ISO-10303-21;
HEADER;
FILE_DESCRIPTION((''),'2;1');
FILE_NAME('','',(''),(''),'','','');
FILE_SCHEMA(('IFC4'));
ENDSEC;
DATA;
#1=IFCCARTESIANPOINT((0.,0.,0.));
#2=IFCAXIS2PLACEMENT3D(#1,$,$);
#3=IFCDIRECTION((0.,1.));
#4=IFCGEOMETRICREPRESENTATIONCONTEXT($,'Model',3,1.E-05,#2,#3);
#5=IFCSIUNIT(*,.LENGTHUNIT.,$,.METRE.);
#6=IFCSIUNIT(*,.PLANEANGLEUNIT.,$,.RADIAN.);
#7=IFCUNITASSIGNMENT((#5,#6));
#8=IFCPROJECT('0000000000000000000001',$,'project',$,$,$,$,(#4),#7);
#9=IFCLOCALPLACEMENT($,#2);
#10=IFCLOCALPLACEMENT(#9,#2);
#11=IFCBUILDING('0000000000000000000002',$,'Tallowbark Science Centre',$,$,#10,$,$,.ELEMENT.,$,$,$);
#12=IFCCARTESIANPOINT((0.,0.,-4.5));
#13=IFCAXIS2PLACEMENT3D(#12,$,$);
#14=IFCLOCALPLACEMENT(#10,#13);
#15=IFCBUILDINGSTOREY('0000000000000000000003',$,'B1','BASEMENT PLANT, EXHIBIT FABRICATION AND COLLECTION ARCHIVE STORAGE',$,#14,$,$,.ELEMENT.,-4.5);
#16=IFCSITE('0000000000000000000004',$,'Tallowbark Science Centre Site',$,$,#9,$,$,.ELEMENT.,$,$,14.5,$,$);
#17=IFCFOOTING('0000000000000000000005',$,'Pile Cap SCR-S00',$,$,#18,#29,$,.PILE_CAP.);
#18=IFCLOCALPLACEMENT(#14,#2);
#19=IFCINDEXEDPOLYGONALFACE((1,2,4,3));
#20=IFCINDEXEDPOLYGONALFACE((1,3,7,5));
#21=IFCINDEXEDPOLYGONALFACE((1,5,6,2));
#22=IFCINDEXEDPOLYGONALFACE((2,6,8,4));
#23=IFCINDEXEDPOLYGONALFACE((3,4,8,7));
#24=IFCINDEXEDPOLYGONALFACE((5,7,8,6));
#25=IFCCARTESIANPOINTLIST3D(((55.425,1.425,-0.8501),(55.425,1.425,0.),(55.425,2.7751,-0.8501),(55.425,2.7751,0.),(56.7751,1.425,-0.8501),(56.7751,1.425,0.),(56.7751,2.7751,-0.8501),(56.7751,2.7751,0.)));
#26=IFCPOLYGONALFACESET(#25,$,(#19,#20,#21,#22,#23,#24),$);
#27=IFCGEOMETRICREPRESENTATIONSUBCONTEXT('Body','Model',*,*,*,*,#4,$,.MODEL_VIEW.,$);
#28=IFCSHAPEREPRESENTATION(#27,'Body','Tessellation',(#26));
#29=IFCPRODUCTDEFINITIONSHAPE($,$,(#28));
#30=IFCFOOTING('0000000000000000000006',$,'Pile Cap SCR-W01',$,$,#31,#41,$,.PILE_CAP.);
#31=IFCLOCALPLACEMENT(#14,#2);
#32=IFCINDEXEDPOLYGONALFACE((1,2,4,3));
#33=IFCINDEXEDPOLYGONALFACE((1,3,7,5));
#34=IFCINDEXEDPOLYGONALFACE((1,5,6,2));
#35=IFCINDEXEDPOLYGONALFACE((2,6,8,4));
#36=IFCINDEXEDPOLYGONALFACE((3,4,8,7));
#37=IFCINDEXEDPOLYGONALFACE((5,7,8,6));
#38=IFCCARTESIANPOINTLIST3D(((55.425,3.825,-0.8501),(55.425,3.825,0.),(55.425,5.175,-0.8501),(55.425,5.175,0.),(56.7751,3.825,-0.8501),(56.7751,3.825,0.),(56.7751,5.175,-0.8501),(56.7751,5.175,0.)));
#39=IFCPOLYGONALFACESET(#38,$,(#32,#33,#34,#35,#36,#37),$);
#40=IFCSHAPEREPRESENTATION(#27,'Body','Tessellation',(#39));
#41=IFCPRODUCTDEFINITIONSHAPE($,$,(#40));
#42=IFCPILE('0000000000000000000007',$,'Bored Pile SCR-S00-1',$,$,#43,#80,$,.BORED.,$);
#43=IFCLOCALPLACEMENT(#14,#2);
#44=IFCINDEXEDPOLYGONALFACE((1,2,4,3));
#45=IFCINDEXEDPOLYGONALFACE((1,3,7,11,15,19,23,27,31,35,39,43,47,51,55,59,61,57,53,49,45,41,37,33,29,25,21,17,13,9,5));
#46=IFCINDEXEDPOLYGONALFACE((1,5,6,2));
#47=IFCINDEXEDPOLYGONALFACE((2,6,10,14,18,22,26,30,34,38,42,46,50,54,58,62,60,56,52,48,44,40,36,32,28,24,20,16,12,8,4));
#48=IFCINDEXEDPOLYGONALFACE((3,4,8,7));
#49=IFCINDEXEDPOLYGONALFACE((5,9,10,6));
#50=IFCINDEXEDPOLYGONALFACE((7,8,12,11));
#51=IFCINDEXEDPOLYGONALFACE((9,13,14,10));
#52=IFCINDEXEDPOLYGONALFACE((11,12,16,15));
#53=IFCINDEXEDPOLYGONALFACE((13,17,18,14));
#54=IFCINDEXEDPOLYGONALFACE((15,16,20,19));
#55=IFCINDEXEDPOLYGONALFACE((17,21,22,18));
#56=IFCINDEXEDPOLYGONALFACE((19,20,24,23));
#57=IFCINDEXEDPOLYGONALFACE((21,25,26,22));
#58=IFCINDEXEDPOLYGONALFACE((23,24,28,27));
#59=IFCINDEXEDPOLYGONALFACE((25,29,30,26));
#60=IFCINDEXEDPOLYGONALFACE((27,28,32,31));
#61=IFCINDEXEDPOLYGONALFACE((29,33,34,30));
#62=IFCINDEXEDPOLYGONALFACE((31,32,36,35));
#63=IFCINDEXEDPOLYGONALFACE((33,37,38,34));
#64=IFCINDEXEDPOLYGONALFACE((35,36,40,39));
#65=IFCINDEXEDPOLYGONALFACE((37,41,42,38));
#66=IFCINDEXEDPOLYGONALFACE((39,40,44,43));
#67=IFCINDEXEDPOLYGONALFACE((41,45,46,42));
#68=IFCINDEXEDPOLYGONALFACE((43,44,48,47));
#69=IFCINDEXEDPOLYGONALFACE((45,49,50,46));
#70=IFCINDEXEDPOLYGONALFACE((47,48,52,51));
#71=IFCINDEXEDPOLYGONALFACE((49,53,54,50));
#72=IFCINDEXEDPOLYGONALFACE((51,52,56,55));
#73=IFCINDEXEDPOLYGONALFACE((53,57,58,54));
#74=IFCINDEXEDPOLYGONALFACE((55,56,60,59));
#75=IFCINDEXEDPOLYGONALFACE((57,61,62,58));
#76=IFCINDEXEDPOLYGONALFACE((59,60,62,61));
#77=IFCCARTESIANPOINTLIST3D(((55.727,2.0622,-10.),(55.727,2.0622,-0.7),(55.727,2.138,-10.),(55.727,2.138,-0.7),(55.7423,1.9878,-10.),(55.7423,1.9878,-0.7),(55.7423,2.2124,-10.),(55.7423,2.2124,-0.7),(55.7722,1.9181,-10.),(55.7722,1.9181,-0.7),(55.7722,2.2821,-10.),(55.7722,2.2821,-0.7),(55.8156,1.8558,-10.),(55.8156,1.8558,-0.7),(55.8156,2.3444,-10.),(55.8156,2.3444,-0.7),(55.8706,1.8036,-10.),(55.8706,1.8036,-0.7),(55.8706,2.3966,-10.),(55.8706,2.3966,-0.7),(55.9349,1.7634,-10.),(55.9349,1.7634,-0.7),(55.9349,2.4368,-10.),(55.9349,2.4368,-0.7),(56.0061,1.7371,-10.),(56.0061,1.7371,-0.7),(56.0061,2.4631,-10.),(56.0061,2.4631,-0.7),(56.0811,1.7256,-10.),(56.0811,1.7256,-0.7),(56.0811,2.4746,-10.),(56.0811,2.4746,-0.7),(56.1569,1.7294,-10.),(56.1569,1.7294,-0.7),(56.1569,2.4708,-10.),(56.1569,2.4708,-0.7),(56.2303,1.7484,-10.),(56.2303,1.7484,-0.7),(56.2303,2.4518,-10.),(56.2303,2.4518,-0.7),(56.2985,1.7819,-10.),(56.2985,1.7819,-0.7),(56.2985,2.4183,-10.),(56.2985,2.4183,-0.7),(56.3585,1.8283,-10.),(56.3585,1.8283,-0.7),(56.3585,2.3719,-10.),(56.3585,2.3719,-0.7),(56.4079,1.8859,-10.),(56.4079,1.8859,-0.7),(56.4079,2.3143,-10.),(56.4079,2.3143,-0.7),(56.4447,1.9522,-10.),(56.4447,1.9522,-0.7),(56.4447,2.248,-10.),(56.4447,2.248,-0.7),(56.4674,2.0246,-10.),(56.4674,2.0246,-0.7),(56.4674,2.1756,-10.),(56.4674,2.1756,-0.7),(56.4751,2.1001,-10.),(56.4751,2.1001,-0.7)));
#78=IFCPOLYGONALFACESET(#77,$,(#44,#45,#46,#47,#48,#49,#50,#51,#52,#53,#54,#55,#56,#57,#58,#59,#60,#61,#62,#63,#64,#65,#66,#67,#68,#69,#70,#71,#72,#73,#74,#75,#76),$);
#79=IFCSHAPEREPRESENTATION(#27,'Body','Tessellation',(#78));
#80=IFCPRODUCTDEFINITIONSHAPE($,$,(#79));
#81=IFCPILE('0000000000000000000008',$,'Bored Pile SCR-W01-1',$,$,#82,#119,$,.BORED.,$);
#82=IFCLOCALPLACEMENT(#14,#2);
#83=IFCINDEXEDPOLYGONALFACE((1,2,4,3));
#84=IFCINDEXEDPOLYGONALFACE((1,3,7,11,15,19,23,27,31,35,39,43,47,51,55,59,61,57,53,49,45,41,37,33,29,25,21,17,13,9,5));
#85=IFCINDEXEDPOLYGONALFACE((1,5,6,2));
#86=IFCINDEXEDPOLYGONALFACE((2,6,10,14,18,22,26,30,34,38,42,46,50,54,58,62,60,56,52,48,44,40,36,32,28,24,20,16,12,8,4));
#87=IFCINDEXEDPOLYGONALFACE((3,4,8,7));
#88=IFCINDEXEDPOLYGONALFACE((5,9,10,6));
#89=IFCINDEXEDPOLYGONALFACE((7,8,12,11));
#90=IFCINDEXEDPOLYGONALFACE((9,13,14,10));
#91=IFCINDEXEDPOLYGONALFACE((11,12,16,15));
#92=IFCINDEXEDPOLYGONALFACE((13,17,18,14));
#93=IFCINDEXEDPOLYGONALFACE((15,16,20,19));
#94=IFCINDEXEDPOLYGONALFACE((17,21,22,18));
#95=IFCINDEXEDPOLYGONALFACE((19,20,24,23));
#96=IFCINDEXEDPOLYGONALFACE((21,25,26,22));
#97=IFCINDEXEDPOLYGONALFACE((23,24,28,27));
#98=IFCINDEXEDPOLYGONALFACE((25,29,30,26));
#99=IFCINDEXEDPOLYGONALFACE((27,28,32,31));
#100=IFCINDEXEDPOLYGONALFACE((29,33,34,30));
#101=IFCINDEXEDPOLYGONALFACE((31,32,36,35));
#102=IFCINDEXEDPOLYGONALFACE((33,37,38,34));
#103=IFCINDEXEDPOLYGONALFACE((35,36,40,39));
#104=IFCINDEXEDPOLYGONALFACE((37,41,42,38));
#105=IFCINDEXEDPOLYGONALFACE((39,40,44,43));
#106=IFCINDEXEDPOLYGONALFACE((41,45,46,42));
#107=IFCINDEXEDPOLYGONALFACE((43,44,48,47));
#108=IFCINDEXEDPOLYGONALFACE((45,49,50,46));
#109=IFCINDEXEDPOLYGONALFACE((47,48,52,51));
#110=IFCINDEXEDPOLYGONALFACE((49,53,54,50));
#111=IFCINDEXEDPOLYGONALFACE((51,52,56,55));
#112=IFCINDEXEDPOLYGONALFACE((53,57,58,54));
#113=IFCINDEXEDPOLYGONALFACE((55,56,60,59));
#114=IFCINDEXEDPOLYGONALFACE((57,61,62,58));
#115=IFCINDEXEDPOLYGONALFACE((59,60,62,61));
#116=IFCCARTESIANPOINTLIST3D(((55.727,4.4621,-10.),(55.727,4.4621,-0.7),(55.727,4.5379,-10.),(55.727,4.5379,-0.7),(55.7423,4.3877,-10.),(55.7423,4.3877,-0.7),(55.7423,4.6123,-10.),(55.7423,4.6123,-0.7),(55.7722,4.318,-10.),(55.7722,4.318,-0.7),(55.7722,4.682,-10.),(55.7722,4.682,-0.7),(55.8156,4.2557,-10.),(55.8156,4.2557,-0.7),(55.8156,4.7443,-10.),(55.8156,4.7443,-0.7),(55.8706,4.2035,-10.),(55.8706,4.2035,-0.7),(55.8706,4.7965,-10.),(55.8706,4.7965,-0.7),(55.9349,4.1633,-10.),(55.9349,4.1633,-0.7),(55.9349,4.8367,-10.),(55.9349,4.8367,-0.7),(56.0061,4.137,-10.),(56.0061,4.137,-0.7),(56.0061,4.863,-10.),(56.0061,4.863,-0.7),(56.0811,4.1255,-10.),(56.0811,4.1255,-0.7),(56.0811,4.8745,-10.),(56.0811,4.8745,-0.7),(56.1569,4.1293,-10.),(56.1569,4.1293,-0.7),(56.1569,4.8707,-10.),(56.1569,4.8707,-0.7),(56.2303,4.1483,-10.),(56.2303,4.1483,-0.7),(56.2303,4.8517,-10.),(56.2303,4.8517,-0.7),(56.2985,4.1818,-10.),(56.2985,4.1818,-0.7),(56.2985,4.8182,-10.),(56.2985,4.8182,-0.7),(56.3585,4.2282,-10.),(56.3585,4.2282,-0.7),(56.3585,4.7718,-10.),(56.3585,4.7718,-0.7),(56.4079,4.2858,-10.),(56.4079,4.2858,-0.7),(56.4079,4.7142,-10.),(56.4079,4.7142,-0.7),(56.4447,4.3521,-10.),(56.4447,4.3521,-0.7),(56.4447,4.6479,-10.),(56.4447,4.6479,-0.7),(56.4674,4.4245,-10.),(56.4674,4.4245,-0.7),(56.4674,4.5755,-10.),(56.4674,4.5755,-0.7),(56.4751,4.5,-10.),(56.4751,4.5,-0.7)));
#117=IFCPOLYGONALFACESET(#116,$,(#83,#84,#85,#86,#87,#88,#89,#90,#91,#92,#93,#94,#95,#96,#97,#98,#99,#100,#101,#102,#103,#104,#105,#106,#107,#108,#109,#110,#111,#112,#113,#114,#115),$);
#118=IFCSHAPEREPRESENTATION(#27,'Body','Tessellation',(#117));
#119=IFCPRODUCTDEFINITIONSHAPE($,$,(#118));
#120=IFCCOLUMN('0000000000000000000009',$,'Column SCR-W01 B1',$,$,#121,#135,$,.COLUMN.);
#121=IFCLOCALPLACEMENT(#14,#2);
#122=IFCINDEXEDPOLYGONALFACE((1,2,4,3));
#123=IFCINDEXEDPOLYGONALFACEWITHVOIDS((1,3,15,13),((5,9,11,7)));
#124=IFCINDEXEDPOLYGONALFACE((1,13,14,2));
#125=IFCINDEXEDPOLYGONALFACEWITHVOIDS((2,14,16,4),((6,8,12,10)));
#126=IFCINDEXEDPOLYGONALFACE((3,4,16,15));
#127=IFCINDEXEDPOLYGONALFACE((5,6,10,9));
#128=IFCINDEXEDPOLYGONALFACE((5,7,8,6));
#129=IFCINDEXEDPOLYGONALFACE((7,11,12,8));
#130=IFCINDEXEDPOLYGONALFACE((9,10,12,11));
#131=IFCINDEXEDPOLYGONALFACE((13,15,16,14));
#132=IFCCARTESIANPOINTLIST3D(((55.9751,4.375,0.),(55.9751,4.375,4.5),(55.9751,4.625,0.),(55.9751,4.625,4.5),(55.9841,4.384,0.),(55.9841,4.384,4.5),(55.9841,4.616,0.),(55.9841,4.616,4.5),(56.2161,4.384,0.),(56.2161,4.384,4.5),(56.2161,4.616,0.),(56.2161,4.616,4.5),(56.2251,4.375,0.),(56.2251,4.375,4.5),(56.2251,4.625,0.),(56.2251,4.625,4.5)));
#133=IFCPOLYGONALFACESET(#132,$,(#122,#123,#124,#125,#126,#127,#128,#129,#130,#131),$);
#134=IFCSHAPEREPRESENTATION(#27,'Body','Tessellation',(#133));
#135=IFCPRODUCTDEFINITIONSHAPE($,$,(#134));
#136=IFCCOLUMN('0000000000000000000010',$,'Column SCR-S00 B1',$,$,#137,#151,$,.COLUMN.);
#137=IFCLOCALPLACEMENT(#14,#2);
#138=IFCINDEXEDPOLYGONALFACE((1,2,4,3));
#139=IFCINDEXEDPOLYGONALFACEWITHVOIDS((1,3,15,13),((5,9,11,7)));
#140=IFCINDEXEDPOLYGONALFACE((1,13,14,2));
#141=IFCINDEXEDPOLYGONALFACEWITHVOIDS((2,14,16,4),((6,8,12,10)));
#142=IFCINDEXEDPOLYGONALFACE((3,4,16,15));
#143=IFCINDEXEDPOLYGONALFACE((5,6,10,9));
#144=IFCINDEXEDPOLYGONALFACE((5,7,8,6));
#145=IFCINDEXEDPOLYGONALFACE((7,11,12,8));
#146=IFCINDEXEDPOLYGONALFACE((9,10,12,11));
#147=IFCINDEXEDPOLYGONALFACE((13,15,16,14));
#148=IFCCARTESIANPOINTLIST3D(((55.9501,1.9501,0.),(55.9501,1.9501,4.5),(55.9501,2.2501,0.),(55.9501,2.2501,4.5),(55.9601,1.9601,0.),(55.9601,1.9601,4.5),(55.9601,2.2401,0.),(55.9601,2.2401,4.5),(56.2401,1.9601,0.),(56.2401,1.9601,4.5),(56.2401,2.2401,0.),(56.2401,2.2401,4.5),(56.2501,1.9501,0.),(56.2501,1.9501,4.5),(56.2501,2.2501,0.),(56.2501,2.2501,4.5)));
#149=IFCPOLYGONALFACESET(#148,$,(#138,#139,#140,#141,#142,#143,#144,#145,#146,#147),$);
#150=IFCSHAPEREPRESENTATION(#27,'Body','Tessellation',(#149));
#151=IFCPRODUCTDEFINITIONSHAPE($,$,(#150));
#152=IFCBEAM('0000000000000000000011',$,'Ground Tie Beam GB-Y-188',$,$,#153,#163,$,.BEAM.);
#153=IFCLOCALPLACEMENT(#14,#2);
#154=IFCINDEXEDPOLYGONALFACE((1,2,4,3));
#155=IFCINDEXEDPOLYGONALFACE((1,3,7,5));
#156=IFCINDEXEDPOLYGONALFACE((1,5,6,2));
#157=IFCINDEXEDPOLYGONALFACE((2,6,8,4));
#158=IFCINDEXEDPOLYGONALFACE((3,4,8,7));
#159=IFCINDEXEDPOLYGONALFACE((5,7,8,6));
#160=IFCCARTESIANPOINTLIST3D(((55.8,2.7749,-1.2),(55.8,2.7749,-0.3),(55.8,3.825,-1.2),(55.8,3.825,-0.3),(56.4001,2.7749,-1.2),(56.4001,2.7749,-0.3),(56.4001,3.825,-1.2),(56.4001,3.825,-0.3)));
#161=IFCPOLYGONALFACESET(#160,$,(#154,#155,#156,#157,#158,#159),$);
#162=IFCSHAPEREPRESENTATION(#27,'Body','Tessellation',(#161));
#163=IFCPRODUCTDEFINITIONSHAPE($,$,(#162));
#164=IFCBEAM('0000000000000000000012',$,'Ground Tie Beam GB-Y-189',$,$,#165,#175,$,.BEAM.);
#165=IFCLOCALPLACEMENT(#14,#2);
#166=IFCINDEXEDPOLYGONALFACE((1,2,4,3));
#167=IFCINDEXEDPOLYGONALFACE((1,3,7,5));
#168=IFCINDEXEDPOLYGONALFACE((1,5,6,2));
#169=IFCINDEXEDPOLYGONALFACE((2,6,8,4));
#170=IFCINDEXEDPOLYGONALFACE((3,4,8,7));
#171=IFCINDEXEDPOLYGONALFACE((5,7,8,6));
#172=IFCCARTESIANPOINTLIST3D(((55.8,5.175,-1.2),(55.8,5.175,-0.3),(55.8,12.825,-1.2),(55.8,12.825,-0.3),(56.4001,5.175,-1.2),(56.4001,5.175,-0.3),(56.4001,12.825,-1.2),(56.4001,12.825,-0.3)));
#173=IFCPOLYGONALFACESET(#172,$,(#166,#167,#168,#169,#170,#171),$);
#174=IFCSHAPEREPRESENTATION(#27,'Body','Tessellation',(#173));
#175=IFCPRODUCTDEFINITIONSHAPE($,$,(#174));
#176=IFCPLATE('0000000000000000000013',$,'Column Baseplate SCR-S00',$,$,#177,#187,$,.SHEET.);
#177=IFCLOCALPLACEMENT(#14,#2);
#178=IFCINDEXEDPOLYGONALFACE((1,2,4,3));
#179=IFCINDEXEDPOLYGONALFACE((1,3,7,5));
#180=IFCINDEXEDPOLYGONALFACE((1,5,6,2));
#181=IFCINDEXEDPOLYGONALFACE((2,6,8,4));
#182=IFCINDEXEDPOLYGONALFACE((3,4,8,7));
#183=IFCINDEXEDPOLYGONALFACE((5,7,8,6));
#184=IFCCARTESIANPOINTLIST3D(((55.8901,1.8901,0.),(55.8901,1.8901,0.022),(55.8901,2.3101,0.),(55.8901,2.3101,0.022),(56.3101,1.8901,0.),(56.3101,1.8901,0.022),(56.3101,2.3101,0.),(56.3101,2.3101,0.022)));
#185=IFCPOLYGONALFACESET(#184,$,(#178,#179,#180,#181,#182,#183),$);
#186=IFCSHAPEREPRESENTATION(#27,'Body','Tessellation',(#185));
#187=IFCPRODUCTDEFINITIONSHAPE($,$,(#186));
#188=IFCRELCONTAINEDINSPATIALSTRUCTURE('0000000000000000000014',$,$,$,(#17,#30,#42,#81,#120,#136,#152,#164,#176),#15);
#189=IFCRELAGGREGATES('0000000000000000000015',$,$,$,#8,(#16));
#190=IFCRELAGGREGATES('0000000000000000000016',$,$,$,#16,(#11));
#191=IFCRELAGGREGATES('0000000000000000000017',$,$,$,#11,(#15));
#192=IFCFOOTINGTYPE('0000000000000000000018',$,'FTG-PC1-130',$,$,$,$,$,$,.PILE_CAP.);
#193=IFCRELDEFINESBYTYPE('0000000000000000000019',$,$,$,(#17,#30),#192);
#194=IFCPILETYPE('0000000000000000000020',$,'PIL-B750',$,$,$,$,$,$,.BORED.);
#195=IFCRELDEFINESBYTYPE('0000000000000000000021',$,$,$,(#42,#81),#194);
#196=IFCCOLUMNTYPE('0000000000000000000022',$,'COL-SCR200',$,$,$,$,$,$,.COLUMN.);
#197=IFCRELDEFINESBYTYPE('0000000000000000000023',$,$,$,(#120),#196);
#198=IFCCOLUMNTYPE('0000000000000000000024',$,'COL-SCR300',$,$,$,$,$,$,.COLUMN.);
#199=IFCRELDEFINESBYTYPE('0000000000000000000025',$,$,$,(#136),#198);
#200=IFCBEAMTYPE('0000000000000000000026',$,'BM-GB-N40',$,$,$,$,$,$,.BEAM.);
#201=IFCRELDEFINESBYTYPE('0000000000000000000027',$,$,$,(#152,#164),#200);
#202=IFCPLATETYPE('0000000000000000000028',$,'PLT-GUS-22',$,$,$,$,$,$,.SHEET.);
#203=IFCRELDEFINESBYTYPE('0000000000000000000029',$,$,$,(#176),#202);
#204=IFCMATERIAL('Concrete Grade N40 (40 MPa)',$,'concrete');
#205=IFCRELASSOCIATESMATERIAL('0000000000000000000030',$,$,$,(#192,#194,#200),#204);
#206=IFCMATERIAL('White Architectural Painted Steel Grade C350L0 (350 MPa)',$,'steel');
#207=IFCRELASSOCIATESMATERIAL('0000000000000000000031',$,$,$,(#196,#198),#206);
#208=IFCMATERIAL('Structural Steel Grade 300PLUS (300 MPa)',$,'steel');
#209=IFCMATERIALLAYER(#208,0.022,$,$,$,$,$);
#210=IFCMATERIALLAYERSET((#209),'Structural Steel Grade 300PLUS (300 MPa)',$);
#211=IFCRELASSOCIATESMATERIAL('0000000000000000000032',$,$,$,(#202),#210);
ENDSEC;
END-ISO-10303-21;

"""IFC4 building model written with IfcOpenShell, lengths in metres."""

from ifc_helpers import new_model, si_unit, direction, frame, origin, origin_2d, place, context, subcontext, project, spatial, rectangle, hollow_rectangle, circle, extrude, material, layer, layer_set, material_profile, profile_set, type_object, element, save


model = new_model("IFC4")

# Units and contexts
model_context = context("Model", 3, precision=1e-05, world=origin(), true_north=direction((0.0, 1.0)))
body_context = subcontext(model_context, "Body", "Model", "MODEL_VIEW")
ifc_project = project(units=[si_unit("LENGTHUNIT", "METRE"), si_unit("PLANEANGLEUNIT", "RADIAN")], contexts=[model_context])

# Site, building, storey
site_placement = place(None, origin())
site = spatial("IfcSite", under=ifc_project, at=site_placement, Name="Tallowbark Science Centre Site", CompositionType="ELEMENT", RefElevation=14.5)
building_placement = place(site_placement, origin())
building = spatial("IfcBuilding", under=site, at=building_placement, Name="Tallowbark Science Centre", CompositionType="ELEMENT")
storey_placement = place(building_placement, frame((0.0, 0.0, -4.5)))
storey = spatial("IfcBuildingStorey", under=building, at=storey_placement, Name="B1", Description="BASEMENT PLANT, EXHIBIT FABRICATION AND COLLECTION ARCHIVE STORAGE", CompositionType="ELEMENT", Elevation=-4.5)

# Footings
ifc_material_1 = material(Name="Concrete Grade N40 (40 MPa)", Category="concrete")
footing_type = type_object("IfcFootingType", Name="FTG-PC1-130", PredefinedType="PILE_CAP", material=ifc_material_1)
for number, where, z_axis, x_axis, name in (
    (1, (56.1001, 2.1001, -0.8501), (0.0, 0.0, 1.0), (1.0, 0.0, 0.0), "Pile Cap SCR-S00"),
    (2, (56.1001, 4.5, -0.8501), (0.0, 0.0, 1.0), (1.0, 0.0, 0.0), "Pile Cap SCR-W01"),
):
    element("IfcFooting", number, at=place(storey_placement, frame(where, z_axis=z_axis, x_axis=x_axis)), inside=storey, type_object=footing_type, Name=name, PredefinedType="PILE_CAP", context=body_context, shape_type="SweptSolid", body=[
        extrude(rectangle(XDim=1.3501, YDim=1.3501, at=origin_2d()), origin(), (0.0, 0.0, 1.0), 0.8501),
    ])

# Piles
ifc_material_profile_1 = material_profile(ifc_material_1, circle(Radius=0.375, at=origin_2d()), Name="PILE750")
ifc_profile_set_1 = profile_set([ifc_material_profile_1], Name="Concrete Grade N40 (40 MPa)")
pile_type = type_object("IfcPileType", Name="PIL-B750", PredefinedType="BORED", material=ifc_profile_set_1)
for number, where, z_axis, x_axis, name in (
    (3, (56.1001, 2.1001, -0.7), (0.0, 0.0, -1.0), (1.0, 0.0, 0.0), "Bored Pile SCR-S00-1"),
    (4, (56.1001, 4.5, -0.7), (0.0, 0.0, -1.0), (1.0, 0.0, 0.0), "Bored Pile SCR-W01-1"),
):
    element("IfcPile", number, at=place(storey_placement, frame(where, z_axis=z_axis, x_axis=x_axis)), inside=storey, type_object=pile_type, Name=name, PredefinedType="BORED", context=body_context, shape_type="SweptSolid", body=[
        extrude(circle(Radius=0.375, at=origin_2d()), origin(), (0.0, 0.0, 1.0), 9.3),
    ])

# Columns
ifc_material_2 = material(Name="White Architectural Painted Steel Grade C350L0 (350 MPa)", Category="steel")
ifc_material_profile_2 = material_profile(ifc_material_2, hollow_rectangle(XDim=0.25, YDim=0.25, WallThickness=0.009, at=origin_2d()), Name="250x250x9.0SHS")
ifc_profile_set_2 = profile_set([ifc_material_profile_2], Name="White Architectural Painted Steel Grade C350L0 (350 MPa)")
column_type_1 = type_object("IfcColumnType", Name="COL-SCR200", PredefinedType="COLUMN", material=ifc_profile_set_2)
column_1_placement = place(storey_placement, frame((56.1001, 4.5, 0.0), z_axis=(0.0, 0.0, 1.0), x_axis=(1.0, 0.0, 0.0)))
element("IfcColumn", 5, at=column_1_placement, inside=storey, type_object=column_type_1, Name="Column SCR-W01 B1", PredefinedType="COLUMN", context=body_context, shape_type="SweptSolid", body=[
    extrude(hollow_rectangle(XDim=0.25, YDim=0.25, WallThickness=0.009, at=origin_2d()), origin(), (0.0, 0.0, 1.0), 4.5),
])
ifc_material_profile_3 = material_profile(ifc_material_2, hollow_rectangle(XDim=0.3, YDim=0.3, WallThickness=0.01, at=origin_2d()), Name="300x300x10.0SHS")
ifc_profile_set_3 = profile_set([ifc_material_profile_3], Name="White Architectural Painted Steel Grade C350L0 (350 MPa)")
column_type_2 = type_object("IfcColumnType", Name="COL-SCR300", PredefinedType="COLUMN", material=ifc_profile_set_3)
column_2_placement = place(storey_placement, frame((56.1001, 2.1001, 0.0), z_axis=(0.0, 0.0, 1.0), x_axis=(1.0, 0.0, 0.0)))
element("IfcColumn", 6, at=column_2_placement, inside=storey, type_object=column_type_2, Name="Column SCR-S00 B1", PredefinedType="COLUMN", context=body_context, shape_type="SweptSolid", body=[
    extrude(hollow_rectangle(XDim=0.3, YDim=0.3, WallThickness=0.01, at=origin_2d()), origin(), (0.0, 0.0, 1.0), 4.5),
])

# Beams
ifc_material_profile_4 = material_profile(ifc_material_1, rectangle(XDim=0.6001, YDim=0.8999, at=origin_2d()), Name="RC600x900")
ifc_profile_set_4 = profile_set([ifc_material_profile_4], Name="Concrete Grade N40 (40 MPa)")
beam_type = type_object("IfcBeamType", Name="BM-GB-N40", PredefinedType="BEAM", material=ifc_profile_set_4)
beam_1_placement = place(storey_placement, frame((56.1001, 2.7749, -0.75), z_axis=(0.0, 1.0, 0.0), x_axis=(-1.0, 0.0, 0.0)))
element("IfcBeam", 7, at=beam_1_placement, inside=storey, type_object=beam_type, Name="Ground Tie Beam GB-Y-188", PredefinedType="BEAM", context=body_context, shape_type="SweptSolid", body=[
    extrude(rectangle(XDim=0.6001, YDim=0.8999, at=origin_2d()), origin(), (0.0, 0.0, 1.0), 1.05),
])
beam_2_placement = place(storey_placement, frame((56.1001, 5.175, -0.75), z_axis=(0.0, 1.0, 0.0), x_axis=(-1.0, 0.0, 0.0)))
element("IfcBeam", 8, at=beam_2_placement, inside=storey, type_object=beam_type, Name="Ground Tie Beam GB-Y-189", PredefinedType="BEAM", context=body_context, shape_type="SweptSolid", body=[
    extrude(rectangle(XDim=0.6001, YDim=0.8999, at=origin_2d()), origin(), (0.0, 0.0, 1.0), 7.6499),
])

# Plate
ifc_material_3 = material(Name="Structural Steel Grade 300PLUS (300 MPa)", Category="steel")
ifc_layer_1 = layer(ifc_material_3, 0.022)
ifc_layer_set_1 = layer_set([ifc_layer_1], Name="Structural Steel Grade 300PLUS (300 MPa)")
plate_type = type_object("IfcPlateType", Name="PLT-GUS-22", PredefinedType="SHEET", material=ifc_layer_set_1)
plate_placement = place(storey_placement, frame((56.1001, 2.1001, 0.0), z_axis=(0.0, 0.0, 1.0), x_axis=(1.0, 0.0, 0.0)))
element("IfcPlate", 9, at=plate_placement, inside=storey, type_object=plate_type, Name="Column Baseplate SCR-S00", PredefinedType="SHEET", context=body_context, shape_type="SweptSolid", body=[
    extrude(rectangle(XDim=0.4199, YDim=0.4199, at=origin_2d()), origin(), (0.0, 0.0, 1.0), 0.022),
])

save(model, "model.ifc")
